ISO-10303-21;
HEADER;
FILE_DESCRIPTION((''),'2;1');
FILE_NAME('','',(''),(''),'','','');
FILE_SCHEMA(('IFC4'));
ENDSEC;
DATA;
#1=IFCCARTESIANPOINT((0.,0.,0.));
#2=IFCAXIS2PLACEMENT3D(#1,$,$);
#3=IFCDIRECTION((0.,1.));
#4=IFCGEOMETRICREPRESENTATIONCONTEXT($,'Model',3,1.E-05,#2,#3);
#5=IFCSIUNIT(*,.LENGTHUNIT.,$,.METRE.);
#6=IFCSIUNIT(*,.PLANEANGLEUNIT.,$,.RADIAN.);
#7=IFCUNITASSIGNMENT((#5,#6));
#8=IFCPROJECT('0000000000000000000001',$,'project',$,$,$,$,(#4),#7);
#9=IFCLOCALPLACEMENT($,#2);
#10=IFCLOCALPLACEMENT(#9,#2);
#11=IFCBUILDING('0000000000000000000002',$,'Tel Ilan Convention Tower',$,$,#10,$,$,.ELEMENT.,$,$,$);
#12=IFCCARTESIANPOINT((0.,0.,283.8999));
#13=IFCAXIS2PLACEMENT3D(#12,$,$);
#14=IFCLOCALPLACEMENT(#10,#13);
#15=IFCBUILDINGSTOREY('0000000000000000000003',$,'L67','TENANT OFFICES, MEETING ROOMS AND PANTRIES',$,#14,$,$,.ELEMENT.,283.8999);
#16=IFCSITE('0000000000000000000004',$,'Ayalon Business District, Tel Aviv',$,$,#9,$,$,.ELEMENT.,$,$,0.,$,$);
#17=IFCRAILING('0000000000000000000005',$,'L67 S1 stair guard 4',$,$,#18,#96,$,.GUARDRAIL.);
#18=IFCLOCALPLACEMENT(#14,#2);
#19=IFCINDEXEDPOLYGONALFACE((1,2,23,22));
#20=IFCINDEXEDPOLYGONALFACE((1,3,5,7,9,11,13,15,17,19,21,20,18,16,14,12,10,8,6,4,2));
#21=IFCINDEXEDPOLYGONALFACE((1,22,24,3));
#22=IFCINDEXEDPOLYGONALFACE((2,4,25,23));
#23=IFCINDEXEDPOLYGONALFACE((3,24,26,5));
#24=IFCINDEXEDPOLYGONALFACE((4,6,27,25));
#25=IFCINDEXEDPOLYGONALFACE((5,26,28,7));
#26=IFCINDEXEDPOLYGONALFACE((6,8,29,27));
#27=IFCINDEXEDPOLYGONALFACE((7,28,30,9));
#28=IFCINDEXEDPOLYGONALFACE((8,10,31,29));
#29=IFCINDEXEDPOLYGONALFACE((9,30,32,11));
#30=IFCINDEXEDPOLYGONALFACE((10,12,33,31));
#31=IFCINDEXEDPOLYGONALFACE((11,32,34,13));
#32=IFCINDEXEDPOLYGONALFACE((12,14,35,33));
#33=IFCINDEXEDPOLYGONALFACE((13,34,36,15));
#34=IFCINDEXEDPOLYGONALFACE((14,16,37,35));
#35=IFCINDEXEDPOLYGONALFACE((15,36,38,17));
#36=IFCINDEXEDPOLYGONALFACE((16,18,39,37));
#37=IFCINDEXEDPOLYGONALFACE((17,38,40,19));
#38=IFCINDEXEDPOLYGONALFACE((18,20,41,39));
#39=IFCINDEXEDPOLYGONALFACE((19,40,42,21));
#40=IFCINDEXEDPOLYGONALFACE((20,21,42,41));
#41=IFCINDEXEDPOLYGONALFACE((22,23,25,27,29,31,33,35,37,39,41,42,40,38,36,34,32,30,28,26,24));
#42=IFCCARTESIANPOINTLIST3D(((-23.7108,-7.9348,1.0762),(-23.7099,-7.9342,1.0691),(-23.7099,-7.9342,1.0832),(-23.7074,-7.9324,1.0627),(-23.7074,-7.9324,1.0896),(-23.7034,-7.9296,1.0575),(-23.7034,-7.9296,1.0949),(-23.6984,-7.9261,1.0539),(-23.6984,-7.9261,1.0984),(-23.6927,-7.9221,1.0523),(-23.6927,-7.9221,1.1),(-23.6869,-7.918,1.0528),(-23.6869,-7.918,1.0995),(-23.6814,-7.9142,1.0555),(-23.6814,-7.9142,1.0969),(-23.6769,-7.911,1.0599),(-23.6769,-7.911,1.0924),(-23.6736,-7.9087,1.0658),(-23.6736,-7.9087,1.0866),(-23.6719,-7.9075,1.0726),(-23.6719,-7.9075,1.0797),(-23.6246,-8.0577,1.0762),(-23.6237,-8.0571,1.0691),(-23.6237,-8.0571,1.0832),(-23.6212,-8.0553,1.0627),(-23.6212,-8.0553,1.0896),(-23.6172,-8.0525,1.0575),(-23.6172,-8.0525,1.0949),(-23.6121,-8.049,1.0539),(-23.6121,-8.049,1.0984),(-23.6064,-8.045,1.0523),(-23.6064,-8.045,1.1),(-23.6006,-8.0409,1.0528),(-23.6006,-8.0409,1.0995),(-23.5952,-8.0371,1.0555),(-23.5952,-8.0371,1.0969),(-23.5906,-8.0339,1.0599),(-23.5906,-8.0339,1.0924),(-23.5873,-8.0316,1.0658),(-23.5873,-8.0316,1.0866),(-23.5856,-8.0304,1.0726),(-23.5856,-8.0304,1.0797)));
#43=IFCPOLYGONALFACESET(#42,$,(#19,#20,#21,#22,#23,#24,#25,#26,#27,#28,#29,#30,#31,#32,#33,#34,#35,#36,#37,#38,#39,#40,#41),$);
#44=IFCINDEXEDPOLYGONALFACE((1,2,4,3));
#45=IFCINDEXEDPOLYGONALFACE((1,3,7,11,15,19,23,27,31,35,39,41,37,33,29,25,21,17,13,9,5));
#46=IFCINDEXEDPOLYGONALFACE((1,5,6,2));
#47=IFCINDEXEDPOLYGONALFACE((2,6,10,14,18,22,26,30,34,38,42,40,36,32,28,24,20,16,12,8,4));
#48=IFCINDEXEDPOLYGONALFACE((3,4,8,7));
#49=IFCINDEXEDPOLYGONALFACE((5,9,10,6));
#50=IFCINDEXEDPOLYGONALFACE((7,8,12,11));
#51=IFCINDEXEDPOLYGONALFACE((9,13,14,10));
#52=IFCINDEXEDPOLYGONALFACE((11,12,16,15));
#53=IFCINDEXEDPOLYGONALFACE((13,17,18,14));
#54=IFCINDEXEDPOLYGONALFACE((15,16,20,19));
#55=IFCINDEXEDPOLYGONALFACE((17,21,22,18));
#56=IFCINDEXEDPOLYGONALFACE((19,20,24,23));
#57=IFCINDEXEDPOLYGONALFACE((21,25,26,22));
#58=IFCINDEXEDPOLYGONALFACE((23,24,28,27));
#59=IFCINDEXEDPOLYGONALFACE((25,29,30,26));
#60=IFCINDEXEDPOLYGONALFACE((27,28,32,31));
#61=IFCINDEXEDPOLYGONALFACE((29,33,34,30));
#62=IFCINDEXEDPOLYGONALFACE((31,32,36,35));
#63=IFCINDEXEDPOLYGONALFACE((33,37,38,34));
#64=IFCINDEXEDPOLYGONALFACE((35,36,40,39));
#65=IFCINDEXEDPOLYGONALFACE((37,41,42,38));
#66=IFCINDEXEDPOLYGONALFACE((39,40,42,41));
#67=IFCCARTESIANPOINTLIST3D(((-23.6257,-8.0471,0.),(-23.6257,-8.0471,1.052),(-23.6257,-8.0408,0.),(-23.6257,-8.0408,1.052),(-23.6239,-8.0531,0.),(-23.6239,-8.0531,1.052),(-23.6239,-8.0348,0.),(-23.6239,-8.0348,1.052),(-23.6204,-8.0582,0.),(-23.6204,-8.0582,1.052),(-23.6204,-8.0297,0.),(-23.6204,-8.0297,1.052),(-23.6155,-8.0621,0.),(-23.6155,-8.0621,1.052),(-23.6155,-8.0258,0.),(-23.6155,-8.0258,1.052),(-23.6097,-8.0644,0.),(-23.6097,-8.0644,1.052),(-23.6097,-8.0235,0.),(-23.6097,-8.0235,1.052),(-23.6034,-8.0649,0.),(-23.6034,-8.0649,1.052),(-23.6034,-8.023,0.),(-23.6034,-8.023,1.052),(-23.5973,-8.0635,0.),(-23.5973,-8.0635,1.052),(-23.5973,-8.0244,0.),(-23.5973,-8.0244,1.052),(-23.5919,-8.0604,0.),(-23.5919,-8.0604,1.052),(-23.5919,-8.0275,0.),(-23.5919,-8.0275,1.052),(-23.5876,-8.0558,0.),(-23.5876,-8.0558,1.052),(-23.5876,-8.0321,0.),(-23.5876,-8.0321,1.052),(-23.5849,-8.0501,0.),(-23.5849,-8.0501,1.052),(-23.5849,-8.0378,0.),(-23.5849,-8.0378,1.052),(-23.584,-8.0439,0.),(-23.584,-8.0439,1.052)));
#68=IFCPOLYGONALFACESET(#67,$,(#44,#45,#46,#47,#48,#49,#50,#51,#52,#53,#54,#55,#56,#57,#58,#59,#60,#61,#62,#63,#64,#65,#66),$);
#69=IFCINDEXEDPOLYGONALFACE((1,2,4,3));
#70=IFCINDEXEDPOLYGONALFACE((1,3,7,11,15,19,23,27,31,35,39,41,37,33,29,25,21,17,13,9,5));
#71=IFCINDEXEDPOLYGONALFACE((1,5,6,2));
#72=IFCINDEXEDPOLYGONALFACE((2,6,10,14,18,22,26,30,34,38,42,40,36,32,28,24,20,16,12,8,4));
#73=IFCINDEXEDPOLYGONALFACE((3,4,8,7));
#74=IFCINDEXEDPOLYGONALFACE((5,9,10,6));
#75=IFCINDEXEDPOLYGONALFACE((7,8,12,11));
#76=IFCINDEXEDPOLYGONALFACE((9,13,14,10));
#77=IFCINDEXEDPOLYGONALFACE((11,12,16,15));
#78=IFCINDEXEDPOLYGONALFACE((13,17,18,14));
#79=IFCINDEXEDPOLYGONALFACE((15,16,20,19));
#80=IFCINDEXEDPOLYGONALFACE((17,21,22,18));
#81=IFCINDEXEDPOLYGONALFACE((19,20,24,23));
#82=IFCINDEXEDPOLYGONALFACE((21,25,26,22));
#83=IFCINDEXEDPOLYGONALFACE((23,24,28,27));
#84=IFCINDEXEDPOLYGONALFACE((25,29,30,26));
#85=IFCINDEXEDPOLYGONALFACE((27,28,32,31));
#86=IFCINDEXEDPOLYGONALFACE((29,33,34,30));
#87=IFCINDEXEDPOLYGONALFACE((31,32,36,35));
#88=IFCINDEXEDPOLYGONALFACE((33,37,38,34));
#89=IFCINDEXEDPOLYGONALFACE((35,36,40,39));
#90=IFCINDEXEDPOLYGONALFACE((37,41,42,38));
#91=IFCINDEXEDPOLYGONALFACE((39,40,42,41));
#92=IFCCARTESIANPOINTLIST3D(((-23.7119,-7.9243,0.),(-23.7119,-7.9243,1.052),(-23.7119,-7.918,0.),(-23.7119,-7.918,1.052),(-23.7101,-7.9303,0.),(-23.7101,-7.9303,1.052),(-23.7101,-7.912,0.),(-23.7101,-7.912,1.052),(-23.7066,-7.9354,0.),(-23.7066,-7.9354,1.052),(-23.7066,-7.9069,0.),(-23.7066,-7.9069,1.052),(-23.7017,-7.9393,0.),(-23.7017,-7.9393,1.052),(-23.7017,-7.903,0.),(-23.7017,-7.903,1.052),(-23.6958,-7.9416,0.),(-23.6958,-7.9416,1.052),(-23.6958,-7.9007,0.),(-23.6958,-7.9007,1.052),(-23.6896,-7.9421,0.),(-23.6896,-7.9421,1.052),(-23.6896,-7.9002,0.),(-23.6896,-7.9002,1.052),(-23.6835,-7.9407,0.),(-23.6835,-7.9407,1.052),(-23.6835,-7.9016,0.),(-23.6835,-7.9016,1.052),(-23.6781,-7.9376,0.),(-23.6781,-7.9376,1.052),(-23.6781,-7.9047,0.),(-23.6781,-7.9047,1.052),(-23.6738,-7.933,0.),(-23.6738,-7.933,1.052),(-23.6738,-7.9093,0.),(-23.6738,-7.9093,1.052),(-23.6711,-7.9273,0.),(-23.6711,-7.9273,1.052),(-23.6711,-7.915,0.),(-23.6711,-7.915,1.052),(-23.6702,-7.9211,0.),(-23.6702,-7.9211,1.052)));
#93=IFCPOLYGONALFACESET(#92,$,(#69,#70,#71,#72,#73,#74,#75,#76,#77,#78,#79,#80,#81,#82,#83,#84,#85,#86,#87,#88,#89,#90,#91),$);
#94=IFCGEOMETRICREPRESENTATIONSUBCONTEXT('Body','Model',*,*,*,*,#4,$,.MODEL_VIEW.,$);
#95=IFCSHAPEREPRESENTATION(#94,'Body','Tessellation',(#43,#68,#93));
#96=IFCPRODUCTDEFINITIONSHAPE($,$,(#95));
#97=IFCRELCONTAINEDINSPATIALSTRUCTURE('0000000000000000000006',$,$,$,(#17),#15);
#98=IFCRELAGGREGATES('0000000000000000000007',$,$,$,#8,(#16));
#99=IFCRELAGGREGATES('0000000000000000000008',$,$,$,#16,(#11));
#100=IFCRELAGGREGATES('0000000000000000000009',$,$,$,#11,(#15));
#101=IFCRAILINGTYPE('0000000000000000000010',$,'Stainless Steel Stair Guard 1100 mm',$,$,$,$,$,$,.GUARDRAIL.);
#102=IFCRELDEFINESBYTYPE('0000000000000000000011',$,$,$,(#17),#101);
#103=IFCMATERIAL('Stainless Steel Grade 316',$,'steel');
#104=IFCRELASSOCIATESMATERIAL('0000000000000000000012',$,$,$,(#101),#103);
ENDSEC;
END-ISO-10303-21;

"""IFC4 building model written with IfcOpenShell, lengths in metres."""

from ifc_helpers import new_model, si_unit, direction, frame, origin, origin_2d, place, context, subcontext, project, spatial, circle, extrude, material, type_object, element, save


model = new_model("IFC4")

# Units and contexts
model_context = context("Model", 3, precision=1e-05, world=origin(), true_north=direction((0.0, 1.0)))
body_context = subcontext(model_context, "Body", "Model", "MODEL_VIEW")
ifc_project = project(units=[si_unit("LENGTHUNIT", "METRE"), si_unit("PLANEANGLEUNIT", "RADIAN")], contexts=[model_context])

# Site, building, storey
site_placement = place(None, origin())
site = spatial("IfcSite", under=ifc_project, at=site_placement, Name="Ayalon Business District, Tel Aviv", CompositionType="ELEMENT", RefElevation=0.0)
building_placement = place(site_placement, origin())
building = spatial("IfcBuilding", under=site, at=building_placement, Name="Tel Ilan Convention Tower", CompositionType="ELEMENT")
storey_placement = place(building_placement, frame((0.0, 0.0, 283.8999)))
storey = spatial("IfcBuildingStorey", under=building, at=storey_placement, Name="L67", Description="TENANT OFFICES, MEETING ROOMS AND PANTRIES", CompositionType="ELEMENT", Elevation=283.8999)

# Railing
ifc_material_1 = material(Name="Stainless Steel Grade 316", Category="steel")
railing_type_1 = type_object("IfcRailingType", Name="Stainless Steel Stair Guard 1100 mm", PredefinedType="GUARDRAIL", material=ifc_material_1)
railing_1_placement = place(storey_placement, frame((-23.605, -8.0439, 0.0)))
element("IfcRailing", 1, at=railing_1_placement, inside=storey, type_object=railing_type_1, Name="L67 S1 stair guard 4", PredefinedType="GUARDRAIL", context=body_context, shape_type="SweptSolid", body=[
    extrude(circle(Radius=0.0239, at=origin_2d()), frame((0.0, 0.0, 1.0762), z_axis=(-0.574445, 0.818543, 0.0), x_axis=(-0.818543, -0.574445, 0.0)), (0.0, 0.0, 1.0), 0.1501),
    extrude(circle(Radius=0.021, at=origin_2d()), origin(), (0.0, 0.0, 1.0), 1.052),
    extrude(circle(Radius=0.021, at=origin_2d()), frame((-0.0862, 0.1228, 0.0)), (0.0, 0.0, 1.0), 1.052),
])

save(model, "model.ifc")
